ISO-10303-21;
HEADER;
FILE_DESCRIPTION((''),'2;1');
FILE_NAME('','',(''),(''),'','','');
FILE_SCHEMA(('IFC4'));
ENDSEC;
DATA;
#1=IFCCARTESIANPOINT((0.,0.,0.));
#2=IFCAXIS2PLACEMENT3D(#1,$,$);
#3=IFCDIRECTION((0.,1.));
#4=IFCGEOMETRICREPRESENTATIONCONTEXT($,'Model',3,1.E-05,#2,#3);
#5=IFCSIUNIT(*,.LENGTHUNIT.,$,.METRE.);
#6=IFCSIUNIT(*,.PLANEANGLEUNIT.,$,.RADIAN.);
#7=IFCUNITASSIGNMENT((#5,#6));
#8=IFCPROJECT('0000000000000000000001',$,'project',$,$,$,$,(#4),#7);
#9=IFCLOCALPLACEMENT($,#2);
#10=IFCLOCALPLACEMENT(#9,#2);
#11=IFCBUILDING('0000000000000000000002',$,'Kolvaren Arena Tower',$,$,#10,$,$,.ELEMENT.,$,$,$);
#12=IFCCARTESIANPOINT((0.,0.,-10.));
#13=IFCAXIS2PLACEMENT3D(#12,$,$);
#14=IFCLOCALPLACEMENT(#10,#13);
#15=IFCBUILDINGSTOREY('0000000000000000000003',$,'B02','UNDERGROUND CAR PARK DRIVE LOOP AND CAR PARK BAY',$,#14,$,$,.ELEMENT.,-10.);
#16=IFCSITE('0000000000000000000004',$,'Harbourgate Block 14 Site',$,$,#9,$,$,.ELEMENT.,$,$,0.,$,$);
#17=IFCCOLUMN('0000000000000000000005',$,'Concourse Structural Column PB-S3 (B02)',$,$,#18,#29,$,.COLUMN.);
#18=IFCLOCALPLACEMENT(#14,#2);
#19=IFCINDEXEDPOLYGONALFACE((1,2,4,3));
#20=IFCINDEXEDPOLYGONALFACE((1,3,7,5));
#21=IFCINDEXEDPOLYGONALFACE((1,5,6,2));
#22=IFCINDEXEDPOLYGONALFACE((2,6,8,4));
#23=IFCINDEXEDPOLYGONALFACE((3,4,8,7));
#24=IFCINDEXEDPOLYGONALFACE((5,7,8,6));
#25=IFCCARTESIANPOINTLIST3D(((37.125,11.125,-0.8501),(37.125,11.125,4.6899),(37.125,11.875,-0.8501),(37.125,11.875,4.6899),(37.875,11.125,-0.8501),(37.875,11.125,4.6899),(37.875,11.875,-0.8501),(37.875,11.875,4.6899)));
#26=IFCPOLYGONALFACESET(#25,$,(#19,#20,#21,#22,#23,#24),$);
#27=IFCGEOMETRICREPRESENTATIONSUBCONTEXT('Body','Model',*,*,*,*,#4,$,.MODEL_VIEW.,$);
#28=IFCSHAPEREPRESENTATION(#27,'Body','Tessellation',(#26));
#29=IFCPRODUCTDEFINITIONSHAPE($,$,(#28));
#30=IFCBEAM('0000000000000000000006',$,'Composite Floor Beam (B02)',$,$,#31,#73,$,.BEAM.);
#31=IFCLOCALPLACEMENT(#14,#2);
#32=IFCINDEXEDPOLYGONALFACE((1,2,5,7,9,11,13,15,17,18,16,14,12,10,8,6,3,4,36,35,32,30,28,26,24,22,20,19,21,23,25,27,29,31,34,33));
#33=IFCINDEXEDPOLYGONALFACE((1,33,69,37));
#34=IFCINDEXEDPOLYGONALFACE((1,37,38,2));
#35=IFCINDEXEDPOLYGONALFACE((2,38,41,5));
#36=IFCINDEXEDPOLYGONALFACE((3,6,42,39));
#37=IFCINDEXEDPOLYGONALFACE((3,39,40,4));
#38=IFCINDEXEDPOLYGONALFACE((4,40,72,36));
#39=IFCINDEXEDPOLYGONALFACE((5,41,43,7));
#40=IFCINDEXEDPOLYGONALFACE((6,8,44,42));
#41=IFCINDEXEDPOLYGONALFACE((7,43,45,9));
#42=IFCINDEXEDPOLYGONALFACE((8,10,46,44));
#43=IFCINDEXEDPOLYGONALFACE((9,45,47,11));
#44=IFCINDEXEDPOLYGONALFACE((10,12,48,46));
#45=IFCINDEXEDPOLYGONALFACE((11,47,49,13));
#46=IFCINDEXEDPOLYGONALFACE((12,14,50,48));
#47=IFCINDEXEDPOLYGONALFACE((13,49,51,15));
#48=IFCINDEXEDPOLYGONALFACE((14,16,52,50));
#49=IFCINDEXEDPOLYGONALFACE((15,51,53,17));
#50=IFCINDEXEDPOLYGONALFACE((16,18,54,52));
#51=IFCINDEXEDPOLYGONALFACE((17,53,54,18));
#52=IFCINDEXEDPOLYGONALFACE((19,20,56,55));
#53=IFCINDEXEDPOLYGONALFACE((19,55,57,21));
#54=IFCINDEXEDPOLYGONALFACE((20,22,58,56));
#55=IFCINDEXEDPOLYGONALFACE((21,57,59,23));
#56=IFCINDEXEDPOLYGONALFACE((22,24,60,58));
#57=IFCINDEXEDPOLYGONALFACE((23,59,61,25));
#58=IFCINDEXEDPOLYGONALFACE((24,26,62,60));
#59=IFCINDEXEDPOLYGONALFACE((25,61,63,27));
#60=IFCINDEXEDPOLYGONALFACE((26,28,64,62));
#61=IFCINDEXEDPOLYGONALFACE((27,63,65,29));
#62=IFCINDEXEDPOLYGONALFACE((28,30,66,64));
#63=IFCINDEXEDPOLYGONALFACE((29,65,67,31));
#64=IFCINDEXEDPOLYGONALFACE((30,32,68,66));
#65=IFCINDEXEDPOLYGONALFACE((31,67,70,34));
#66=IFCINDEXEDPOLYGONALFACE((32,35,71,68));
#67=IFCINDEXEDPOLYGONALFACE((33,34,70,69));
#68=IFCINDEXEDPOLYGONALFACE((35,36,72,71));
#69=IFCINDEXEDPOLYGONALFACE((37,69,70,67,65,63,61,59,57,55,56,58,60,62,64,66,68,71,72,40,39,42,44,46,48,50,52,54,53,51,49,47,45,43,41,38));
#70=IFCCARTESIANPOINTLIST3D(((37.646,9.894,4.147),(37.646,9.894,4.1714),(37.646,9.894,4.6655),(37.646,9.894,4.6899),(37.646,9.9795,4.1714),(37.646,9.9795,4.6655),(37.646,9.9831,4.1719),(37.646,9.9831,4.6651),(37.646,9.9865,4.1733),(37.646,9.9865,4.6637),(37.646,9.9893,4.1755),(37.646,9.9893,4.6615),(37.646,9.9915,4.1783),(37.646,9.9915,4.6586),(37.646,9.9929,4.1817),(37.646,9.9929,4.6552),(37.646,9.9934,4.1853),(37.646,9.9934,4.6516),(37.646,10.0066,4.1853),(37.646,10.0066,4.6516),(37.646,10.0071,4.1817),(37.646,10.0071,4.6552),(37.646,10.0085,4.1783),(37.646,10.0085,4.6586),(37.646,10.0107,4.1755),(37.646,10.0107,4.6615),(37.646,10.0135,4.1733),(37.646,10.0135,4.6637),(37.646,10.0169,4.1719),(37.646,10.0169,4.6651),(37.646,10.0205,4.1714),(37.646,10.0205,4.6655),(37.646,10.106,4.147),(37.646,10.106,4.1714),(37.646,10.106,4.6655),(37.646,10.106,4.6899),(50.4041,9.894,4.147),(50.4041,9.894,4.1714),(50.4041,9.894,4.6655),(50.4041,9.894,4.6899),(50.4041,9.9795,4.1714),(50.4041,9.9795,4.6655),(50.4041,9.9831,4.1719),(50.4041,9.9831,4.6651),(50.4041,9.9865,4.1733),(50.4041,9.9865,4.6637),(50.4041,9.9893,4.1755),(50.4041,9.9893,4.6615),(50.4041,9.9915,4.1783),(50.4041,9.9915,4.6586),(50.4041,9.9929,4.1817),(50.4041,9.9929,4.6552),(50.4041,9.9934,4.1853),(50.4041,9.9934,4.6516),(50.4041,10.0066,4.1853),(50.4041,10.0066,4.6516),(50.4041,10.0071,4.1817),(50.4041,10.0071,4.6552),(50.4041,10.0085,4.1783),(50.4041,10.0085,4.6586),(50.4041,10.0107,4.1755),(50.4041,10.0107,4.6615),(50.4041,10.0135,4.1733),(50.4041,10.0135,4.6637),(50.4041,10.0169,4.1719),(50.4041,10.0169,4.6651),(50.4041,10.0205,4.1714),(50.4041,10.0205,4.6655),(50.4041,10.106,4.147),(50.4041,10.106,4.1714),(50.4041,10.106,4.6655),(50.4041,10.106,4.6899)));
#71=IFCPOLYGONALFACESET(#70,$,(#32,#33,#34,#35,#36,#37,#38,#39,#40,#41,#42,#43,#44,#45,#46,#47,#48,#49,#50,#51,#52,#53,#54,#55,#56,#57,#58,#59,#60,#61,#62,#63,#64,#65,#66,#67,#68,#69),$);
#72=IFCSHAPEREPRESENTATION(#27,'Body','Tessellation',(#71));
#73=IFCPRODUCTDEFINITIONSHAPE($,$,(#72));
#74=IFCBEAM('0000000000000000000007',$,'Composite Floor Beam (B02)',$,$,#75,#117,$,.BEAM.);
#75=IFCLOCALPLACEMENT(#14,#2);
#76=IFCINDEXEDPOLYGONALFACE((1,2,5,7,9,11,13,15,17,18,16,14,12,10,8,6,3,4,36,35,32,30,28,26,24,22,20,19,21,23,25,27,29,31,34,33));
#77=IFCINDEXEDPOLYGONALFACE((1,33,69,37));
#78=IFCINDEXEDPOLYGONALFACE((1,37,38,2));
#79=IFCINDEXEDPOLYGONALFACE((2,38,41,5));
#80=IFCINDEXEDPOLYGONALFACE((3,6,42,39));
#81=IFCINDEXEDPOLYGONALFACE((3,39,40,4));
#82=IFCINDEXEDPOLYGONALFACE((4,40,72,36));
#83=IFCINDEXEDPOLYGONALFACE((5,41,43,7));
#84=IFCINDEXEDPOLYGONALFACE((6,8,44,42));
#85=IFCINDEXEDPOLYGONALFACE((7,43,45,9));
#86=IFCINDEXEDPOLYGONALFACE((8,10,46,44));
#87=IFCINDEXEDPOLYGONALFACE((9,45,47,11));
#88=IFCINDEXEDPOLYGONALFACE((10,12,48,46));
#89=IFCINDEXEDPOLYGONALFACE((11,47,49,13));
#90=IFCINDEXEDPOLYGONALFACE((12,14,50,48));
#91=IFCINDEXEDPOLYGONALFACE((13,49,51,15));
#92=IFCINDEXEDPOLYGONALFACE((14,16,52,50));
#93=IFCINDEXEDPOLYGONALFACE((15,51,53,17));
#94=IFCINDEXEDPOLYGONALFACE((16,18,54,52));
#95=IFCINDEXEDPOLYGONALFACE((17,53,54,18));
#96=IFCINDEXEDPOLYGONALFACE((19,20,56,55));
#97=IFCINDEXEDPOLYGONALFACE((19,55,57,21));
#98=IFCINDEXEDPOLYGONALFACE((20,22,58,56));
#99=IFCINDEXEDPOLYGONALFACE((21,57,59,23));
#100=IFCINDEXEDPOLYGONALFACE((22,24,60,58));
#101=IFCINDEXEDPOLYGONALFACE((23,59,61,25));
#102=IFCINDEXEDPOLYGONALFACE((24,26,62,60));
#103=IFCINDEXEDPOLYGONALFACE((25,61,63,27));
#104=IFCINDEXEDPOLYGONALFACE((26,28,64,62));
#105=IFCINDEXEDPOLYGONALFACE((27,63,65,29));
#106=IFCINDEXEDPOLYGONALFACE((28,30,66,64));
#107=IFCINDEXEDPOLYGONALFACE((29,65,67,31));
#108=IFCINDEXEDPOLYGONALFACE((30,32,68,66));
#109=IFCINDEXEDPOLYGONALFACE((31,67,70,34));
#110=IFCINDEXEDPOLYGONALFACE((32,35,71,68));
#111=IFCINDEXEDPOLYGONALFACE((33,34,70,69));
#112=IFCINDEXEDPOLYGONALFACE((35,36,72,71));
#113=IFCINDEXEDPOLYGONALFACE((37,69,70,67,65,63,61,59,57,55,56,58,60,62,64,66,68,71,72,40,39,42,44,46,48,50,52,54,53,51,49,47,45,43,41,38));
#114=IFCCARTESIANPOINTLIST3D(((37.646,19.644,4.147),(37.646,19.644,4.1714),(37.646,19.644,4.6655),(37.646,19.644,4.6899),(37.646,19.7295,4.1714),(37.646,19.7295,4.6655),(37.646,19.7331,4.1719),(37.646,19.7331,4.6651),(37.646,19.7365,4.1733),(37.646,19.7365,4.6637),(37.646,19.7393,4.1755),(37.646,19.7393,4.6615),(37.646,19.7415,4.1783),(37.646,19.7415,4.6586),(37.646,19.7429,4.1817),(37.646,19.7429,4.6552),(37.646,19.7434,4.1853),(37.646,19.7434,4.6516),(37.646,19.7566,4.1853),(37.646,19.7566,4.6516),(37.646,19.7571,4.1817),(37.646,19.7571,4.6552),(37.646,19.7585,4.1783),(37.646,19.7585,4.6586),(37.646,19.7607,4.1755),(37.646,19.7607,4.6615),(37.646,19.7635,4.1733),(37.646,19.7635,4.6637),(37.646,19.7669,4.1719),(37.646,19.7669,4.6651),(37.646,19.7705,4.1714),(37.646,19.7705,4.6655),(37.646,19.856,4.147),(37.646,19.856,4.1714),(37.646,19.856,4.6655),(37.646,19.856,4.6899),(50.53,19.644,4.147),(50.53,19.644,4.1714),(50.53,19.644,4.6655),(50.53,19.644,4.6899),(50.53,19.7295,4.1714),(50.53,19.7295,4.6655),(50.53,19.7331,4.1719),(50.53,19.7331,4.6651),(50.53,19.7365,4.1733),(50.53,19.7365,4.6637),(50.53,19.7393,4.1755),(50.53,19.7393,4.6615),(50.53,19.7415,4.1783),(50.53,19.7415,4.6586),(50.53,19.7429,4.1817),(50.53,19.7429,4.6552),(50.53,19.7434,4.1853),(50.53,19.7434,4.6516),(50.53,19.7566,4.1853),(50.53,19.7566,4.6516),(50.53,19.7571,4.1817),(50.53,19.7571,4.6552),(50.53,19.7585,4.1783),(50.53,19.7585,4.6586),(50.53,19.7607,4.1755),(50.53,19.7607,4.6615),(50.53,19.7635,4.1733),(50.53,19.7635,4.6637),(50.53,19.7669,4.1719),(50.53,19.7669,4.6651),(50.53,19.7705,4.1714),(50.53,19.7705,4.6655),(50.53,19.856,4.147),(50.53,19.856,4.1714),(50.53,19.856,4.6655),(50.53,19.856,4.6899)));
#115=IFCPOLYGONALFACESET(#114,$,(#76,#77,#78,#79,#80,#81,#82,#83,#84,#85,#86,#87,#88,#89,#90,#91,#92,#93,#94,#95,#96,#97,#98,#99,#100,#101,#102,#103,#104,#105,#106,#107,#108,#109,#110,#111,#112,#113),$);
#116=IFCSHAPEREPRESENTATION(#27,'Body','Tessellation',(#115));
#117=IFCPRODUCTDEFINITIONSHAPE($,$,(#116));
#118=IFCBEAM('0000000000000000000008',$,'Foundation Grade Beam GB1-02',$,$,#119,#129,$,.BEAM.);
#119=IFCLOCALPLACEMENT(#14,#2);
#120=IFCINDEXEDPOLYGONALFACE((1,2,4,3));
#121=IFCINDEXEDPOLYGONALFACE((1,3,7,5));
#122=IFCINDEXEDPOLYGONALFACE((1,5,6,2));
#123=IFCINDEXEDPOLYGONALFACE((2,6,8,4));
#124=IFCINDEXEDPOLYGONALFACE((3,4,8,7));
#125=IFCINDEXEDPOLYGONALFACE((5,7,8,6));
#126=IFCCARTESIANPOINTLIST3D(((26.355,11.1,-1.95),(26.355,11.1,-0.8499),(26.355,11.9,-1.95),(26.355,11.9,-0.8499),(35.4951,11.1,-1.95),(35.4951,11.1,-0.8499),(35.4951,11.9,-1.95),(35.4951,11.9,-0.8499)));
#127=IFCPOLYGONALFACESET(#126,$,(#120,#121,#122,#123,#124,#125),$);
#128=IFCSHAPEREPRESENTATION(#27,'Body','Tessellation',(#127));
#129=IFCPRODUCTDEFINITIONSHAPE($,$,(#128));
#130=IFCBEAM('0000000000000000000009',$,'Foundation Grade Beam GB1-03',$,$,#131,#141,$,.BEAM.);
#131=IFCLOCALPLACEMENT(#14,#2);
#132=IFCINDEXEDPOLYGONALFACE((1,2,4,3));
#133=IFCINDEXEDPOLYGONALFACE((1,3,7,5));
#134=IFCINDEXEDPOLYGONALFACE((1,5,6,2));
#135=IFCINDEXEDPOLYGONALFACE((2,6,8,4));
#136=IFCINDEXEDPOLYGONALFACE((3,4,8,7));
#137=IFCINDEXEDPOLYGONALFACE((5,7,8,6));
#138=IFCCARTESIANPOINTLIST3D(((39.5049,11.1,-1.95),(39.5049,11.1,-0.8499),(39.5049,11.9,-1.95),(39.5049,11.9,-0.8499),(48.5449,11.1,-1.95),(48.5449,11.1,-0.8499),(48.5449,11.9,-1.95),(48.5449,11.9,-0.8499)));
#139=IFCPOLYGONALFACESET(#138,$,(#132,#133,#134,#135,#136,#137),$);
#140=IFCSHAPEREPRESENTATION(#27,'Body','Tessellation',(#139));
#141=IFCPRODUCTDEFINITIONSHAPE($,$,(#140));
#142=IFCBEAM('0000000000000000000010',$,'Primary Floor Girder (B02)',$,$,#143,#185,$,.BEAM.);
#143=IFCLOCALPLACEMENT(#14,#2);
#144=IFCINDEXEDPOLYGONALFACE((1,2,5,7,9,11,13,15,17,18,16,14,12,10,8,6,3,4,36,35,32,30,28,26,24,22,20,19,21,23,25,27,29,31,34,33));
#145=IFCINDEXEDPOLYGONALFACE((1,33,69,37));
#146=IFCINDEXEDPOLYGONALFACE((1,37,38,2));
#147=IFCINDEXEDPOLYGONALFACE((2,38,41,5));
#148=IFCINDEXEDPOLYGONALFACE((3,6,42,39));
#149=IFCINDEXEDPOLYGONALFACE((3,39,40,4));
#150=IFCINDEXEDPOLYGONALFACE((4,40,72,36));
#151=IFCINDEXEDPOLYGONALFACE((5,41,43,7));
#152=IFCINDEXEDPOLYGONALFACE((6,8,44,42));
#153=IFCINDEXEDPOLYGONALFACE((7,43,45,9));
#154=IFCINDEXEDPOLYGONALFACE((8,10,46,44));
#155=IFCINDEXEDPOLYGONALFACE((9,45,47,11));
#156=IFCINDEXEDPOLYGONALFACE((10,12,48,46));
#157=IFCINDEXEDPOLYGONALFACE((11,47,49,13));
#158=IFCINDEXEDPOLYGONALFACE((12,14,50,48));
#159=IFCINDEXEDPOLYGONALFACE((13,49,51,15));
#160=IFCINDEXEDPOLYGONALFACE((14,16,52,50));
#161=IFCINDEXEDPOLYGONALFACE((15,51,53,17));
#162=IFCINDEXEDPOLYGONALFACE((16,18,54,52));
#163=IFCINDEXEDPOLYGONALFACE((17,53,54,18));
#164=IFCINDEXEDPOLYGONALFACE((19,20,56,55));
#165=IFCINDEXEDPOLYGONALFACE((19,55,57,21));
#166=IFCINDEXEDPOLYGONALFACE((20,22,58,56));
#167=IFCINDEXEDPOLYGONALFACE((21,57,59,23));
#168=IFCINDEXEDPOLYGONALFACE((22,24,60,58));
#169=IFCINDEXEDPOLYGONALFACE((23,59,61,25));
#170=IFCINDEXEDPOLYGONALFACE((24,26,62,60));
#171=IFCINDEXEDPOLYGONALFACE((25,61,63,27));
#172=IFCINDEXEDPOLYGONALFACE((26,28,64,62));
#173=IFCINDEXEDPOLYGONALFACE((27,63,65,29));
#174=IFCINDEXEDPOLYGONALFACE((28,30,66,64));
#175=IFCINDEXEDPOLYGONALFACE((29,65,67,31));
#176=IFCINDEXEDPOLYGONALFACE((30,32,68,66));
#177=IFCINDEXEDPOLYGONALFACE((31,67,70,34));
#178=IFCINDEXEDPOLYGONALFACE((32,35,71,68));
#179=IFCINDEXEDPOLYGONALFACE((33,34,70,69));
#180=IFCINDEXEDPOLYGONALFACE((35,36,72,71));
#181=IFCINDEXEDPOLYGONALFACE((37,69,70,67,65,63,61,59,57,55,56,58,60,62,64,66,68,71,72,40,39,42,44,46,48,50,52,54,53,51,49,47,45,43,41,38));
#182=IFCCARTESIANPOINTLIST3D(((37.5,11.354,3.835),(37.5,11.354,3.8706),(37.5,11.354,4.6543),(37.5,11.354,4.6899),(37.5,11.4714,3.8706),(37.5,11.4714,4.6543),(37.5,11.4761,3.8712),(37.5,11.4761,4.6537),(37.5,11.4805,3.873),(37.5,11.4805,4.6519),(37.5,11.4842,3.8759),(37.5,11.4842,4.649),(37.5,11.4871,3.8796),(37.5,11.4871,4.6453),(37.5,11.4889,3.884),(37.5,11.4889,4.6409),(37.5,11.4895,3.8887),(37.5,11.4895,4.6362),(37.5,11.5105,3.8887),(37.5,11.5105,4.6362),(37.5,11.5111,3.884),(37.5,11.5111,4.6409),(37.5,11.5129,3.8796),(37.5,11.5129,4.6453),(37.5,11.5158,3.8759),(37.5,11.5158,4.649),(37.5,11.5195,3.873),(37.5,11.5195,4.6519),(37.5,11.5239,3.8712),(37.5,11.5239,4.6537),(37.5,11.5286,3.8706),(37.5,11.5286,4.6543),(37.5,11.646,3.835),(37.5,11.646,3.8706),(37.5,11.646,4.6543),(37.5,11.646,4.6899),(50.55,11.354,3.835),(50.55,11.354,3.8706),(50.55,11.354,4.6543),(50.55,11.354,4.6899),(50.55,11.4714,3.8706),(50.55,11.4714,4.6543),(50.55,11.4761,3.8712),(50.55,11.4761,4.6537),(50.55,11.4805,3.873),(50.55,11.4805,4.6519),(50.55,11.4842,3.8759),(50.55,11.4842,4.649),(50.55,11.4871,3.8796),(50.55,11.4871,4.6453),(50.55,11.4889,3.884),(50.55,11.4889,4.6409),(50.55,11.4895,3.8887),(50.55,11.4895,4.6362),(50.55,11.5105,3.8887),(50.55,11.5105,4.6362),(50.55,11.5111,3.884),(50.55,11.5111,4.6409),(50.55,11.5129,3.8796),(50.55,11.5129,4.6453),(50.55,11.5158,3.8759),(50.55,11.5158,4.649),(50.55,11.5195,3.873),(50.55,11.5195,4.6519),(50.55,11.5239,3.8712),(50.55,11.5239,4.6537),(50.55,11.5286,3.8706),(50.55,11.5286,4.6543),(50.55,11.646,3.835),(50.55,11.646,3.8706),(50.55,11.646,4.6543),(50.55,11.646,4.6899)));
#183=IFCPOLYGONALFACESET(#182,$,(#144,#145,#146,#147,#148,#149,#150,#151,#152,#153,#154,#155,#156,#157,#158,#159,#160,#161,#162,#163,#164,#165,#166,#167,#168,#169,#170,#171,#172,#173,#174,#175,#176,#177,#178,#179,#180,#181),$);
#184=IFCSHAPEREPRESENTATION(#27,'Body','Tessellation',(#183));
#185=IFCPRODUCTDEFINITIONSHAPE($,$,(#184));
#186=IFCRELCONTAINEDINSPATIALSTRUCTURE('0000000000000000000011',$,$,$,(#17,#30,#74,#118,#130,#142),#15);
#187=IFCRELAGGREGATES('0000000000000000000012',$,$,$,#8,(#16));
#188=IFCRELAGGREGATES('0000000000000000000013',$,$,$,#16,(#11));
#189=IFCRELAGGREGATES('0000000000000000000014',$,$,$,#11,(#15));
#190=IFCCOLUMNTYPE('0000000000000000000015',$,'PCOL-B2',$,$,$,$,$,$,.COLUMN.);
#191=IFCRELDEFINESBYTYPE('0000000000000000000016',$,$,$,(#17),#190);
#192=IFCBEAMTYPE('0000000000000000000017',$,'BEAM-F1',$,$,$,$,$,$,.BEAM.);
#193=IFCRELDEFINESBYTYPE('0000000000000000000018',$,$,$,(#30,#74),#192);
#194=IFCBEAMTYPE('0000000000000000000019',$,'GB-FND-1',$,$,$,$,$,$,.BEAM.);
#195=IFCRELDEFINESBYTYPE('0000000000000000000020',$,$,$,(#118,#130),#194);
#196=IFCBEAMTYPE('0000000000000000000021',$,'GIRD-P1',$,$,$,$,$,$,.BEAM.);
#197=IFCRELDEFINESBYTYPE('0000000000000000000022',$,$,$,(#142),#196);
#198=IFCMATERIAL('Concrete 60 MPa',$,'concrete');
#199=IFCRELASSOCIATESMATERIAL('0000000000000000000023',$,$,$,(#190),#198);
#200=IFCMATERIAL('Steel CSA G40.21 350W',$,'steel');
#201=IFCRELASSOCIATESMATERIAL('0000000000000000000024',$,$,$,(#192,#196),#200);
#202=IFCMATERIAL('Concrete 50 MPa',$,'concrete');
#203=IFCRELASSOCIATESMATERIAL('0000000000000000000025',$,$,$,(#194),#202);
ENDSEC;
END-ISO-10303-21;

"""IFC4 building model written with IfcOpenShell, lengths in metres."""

from ifc_helpers import new_model, si_unit, direction, frame, origin, origin_2d, place, context, subcontext, project, spatial, rectangle, i_section, extrude, material, material_profile, profile_set, type_object, element, save


model = new_model("IFC4")

# Units and contexts
model_context = context("Model", 3, precision=1e-05, world=origin(), true_north=direction((0.0, 1.0)))
body_context = subcontext(model_context, "Body", "Model", "MODEL_VIEW")
ifc_project = project(units=[si_unit("LENGTHUNIT", "METRE"), si_unit("PLANEANGLEUNIT", "RADIAN")], contexts=[model_context])

# Site, building, storey
site_placement = place(None, origin())
site = spatial("IfcSite", under=ifc_project, at=site_placement, Name="Harbourgate Block 14 Site", CompositionType="ELEMENT", RefElevation=0.0)
building_placement = place(site_placement, origin())
building = spatial("IfcBuilding", under=site, at=building_placement, Name="Kolvaren Arena Tower", CompositionType="ELEMENT")
storey_placement = place(building_placement, frame((0.0, 0.0, -10.0)))
storey = spatial("IfcBuildingStorey", under=building, at=storey_placement, Name="B02", Description="UNDERGROUND CAR PARK DRIVE LOOP AND CAR PARK BAY", CompositionType="ELEMENT", Elevation=-10.0)

# Shared definitions
ifc_material_1 = material(Name="Concrete 50 MPa", Category="concrete")

# Shared definitions
ifc_material_2 = material(Name="Concrete 60 MPa", Category="concrete")

# Column
ifc_material_profile_1 = material_profile(ifc_material_2, rectangle(XDim=0.75, YDim=0.75, at=origin_2d()), Name="RC-750x750")
ifc_profile_set_1 = profile_set([ifc_material_profile_1], Name="Concrete 60 MPa")
column_type_1 = type_object("IfcColumnType", Name="PCOL-B2", PredefinedType="COLUMN", material=ifc_profile_set_1)
column_1_placement = place(storey_placement, frame((37.5, 11.5, -0.8501), z_axis=(0.0, 0.0, 1.0), x_axis=(1.0, 0.0, 0.0)))
element("IfcColumn", 1, at=column_1_placement, inside=storey, type_object=column_type_1, Name="Concourse Structural Column PB-S3 (B02)", PredefinedType="COLUMN", context=body_context, shape_type="SweptSolid", body=[
    extrude(rectangle(XDim=0.75, YDim=0.75, at=origin_2d()), origin(), (0.0, 0.0, 1.0), 5.54),
])

# Beams
ifc_material_3 = material(Name="Steel CSA G40.21 350W", Category="steel")
ifc_material_profile_2 = material_profile(ifc_material_3, i_section(OverallWidth=0.2119, OverallDepth=0.543, WebThickness=0.0132, FlangeThickness=0.0244, FilletRadius=0.0139, at=origin_2d()), Name="W530x150")
ifc_profile_set_2 = profile_set([ifc_material_profile_2], Name="Steel CSA G40.21 350W")
beam_type_1 = type_object("IfcBeamType", Name="BEAM-F1", PredefinedType="BEAM", material=ifc_profile_set_2)
beam_1_placement = place(storey_placement, frame((37.646, 10.0, 4.4185), z_axis=(1.0, 0.0, 0.0), x_axis=(0.0, 1.0, 0.0)))
element("IfcBeam", 2, at=beam_1_placement, inside=storey, type_object=beam_type_1, Name="Composite Floor Beam (B02)", PredefinedType="BEAM", context=body_context, shape_type="SweptSolid", body=[
    extrude(i_section(OverallWidth=0.2119, OverallDepth=0.543, WebThickness=0.0132, FlangeThickness=0.0244, FilletRadius=0.0139, at=origin_2d()), origin(), (0.0, 0.0, 1.0), 12.7581),
])
beam_2_placement = place(storey_placement, frame((37.646, 19.75, 4.4185), z_axis=(1.0, 0.0, 0.0), x_axis=(0.0, 1.0, 0.0)))
element("IfcBeam", 3, at=beam_2_placement, inside=storey, type_object=beam_type_1, Name="Composite Floor Beam (B02)", PredefinedType="BEAM", context=body_context, shape_type="SweptSolid", body=[
    extrude(i_section(OverallWidth=0.2119, OverallDepth=0.543, WebThickness=0.0132, FlangeThickness=0.0244, FilletRadius=0.0139, at=origin_2d()), origin(), (0.0, 0.0, 1.0), 12.884),
])
ifc_material_profile_3 = material_profile(ifc_material_1, rectangle(XDim=0.8, YDim=1.1001, at=origin_2d()), Name="RC-800x1100")
ifc_profile_set_3 = profile_set([ifc_material_profile_3], Name="Concrete 50 MPa")
beam_type_2 = type_object("IfcBeamType", Name="GB-FND-1", PredefinedType="BEAM", material=ifc_profile_set_3)
beam_3_placement = place(storey_placement, frame((26.355, 11.5, -1.3999), z_axis=(1.0, 0.0, 0.0), x_axis=(0.0, 1.0, 0.0)))
element("IfcBeam", 4, at=beam_3_placement, inside=storey, type_object=beam_type_2, Name="Foundation Grade Beam GB1-02", PredefinedType="BEAM", context=body_context, shape_type="SweptSolid", body=[
    extrude(rectangle(XDim=0.8, YDim=1.1001, at=origin_2d()), origin(), (0.0, 0.0, 1.0), 9.1401),
])
beam_4_placement = place(storey_placement, frame((39.5049, 11.5, -1.3999), z_axis=(1.0, 0.0, 0.0), x_axis=(0.0, 1.0, 0.0)))
element("IfcBeam", 5, at=beam_4_placement, inside=storey, type_object=beam_type_2, Name="Foundation Grade Beam GB1-03", PredefinedType="BEAM", context=body_context, shape_type="SweptSolid", body=[
    extrude(rectangle(XDim=0.8, YDim=1.1001, at=origin_2d()), origin(), (0.0, 0.0, 1.0), 9.04),
])
ifc_material_profile_4 = material_profile(ifc_material_3, i_section(OverallWidth=0.292, OverallDepth=0.855, WebThickness=0.021, FlangeThickness=0.0356, FilletRadius=0.0181, at=origin_2d()), Name="W840x299")
ifc_profile_set_4 = profile_set([ifc_material_profile_4], Name="Steel CSA G40.21 350W")
beam_type_3 = type_object("IfcBeamType", Name="GIRD-P1", PredefinedType="BEAM", material=ifc_profile_set_4)
beam_5_placement = place(storey_placement, frame((37.5, 11.5, 4.2625), z_axis=(1.0, 0.0, 0.0), x_axis=(0.0, 1.0, 0.0)))
element("IfcBeam", 6, at=beam_5_placement, inside=storey, type_object=beam_type_3, Name="Primary Floor Girder (B02)", PredefinedType="BEAM", context=body_context, shape_type="SweptSolid", body=[
    extrude(i_section(OverallWidth=0.292, OverallDepth=0.855, WebThickness=0.021, FlangeThickness=0.0356, FilletRadius=0.0181, at=origin_2d()), origin(), (0.0, 0.0, 1.0), 13.05),
])

save(model, "model.ifc")
